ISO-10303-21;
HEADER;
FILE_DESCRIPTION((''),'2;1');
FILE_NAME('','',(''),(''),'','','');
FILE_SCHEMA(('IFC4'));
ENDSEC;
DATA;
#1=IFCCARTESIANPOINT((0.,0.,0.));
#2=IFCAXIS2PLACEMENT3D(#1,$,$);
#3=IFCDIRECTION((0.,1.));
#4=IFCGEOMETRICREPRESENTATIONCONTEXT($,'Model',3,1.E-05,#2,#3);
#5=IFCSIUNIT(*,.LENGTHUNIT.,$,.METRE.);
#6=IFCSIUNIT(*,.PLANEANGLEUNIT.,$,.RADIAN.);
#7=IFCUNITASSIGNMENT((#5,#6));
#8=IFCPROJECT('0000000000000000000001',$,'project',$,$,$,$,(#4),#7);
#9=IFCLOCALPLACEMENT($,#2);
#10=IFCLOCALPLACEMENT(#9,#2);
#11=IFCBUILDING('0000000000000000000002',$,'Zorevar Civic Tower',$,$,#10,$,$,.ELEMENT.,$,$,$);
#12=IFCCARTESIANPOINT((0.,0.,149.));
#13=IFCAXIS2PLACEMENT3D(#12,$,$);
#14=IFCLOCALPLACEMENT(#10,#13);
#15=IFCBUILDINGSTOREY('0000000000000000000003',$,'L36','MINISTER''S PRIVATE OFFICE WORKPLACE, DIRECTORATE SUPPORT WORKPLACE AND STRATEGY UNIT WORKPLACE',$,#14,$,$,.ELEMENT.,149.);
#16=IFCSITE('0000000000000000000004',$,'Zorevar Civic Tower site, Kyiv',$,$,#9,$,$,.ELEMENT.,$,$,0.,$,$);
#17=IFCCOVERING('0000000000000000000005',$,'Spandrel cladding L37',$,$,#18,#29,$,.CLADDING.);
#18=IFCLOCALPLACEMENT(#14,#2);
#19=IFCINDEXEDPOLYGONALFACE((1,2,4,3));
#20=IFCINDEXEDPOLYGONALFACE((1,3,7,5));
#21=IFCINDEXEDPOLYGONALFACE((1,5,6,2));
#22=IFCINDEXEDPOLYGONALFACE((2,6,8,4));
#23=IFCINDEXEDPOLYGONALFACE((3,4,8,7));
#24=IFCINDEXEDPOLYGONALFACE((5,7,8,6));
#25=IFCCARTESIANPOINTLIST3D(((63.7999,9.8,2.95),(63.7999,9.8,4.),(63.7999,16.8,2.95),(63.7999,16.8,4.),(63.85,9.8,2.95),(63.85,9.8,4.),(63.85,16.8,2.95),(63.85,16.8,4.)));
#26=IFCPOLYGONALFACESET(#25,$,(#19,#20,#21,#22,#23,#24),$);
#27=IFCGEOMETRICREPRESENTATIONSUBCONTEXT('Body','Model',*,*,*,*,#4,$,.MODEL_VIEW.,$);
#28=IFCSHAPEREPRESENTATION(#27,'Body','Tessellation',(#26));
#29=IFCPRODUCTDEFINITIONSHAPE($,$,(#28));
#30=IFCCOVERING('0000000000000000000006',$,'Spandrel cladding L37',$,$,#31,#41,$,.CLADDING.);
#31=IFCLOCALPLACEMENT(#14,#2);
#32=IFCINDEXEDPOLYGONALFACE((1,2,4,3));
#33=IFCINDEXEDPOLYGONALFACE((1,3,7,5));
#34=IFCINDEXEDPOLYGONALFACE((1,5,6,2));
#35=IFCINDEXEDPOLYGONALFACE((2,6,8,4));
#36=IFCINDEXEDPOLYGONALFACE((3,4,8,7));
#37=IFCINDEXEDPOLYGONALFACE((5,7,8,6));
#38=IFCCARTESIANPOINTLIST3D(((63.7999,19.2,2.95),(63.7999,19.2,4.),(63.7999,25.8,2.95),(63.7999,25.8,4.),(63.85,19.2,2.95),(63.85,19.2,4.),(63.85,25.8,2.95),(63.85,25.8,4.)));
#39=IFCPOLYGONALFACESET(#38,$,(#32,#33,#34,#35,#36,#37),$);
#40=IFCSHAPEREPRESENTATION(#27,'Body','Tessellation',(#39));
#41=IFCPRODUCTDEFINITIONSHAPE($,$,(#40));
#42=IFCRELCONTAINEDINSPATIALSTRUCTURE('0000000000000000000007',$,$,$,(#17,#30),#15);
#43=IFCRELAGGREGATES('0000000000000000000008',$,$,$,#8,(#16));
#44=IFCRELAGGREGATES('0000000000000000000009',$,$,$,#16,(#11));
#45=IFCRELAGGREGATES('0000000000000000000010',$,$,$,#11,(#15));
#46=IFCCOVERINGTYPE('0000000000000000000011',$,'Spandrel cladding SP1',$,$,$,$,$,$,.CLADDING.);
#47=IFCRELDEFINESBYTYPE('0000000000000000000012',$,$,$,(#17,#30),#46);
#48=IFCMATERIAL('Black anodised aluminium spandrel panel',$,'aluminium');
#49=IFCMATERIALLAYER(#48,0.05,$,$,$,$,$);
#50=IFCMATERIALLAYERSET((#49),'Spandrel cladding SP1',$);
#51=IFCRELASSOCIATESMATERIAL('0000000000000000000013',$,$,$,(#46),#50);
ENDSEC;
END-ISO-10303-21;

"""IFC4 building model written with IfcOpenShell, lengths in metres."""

from ifc_helpers import new_model, si_unit, direction, frame, frame_2d, origin, place, context, subcontext, project, spatial, rectangle, extrude, material, layer, layer_set, type_object, element, save


model = new_model("IFC4")

# Units and contexts
model_context = context("Model", 3, precision=1e-05, world=origin(), true_north=direction((0.0, 1.0)))
body_context = subcontext(model_context, "Body", "Model", "MODEL_VIEW")
ifc_project = project(units=[si_unit("LENGTHUNIT", "METRE"), si_unit("PLANEANGLEUNIT", "RADIAN")], contexts=[model_context])

# Site, building, storey
site_placement = place(None, origin())
site = spatial("IfcSite", under=ifc_project, at=site_placement, Name="Zorevar Civic Tower site, Kyiv", CompositionType="ELEMENT", RefElevation=0.0)
building_placement = place(site_placement, origin())
building = spatial("IfcBuilding", under=site, at=building_placement, Name="Zorevar Civic Tower", CompositionType="ELEMENT")
storey_placement = place(building_placement, frame((0.0, 0.0, 149.0)))
storey = spatial("IfcBuildingStorey", under=building, at=storey_placement, Name="L36", Description="MINISTER'S PRIVATE OFFICE WORKPLACE, DIRECTORATE SUPPORT WORKPLACE AND STRATEGY UNIT WORKPLACE", CompositionType="ELEMENT", Elevation=149.0)

# Coverings
ifc_material_1 = material(Name="Black anodised aluminium spandrel panel", Category="aluminium")
ifc_layer_1 = layer(ifc_material_1, 0.05)
ifc_layer_set_1 = layer_set([ifc_layer_1], Name="Spandrel cladding SP1")
covering_type = type_object("IfcCoveringType", Name="Spandrel cladding SP1", PredefinedType="CLADDING", material=ifc_layer_set_1)
covering_1_placement = place(storey_placement, frame((63.825, 9.8, 2.95), z_axis=(0.0, 0.0, 1.0), x_axis=(0.0, 1.0, 0.0)))
element("IfcCovering", 1, at=covering_1_placement, inside=storey, type_object=covering_type, Name="Spandrel cladding L37", PredefinedType="CLADDING", context=body_context, shape_type="SweptSolid", body=[
    extrude(rectangle(XDim=7.0, YDim=0.05, at=frame_2d((3.5, 0.0))), origin(), (0.0, 0.0, 1.0), 1.05),
])
covering_2_placement = place(storey_placement, frame((63.825, 19.2, 2.95), z_axis=(0.0, 0.0, 1.0), x_axis=(0.0, 1.0, 0.0)))
element("IfcCovering", 2, at=covering_2_placement, inside=storey, type_object=covering_type, Name="Spandrel cladding L37", PredefinedType="CLADDING", context=body_context, shape_type="SweptSolid", body=[
    extrude(rectangle(XDim=6.6001, YDim=0.05, at=frame_2d((3.3, 0.0))), origin(), (0.0, 0.0, 1.0), 1.05),
])

save(model, "model.ifc")
